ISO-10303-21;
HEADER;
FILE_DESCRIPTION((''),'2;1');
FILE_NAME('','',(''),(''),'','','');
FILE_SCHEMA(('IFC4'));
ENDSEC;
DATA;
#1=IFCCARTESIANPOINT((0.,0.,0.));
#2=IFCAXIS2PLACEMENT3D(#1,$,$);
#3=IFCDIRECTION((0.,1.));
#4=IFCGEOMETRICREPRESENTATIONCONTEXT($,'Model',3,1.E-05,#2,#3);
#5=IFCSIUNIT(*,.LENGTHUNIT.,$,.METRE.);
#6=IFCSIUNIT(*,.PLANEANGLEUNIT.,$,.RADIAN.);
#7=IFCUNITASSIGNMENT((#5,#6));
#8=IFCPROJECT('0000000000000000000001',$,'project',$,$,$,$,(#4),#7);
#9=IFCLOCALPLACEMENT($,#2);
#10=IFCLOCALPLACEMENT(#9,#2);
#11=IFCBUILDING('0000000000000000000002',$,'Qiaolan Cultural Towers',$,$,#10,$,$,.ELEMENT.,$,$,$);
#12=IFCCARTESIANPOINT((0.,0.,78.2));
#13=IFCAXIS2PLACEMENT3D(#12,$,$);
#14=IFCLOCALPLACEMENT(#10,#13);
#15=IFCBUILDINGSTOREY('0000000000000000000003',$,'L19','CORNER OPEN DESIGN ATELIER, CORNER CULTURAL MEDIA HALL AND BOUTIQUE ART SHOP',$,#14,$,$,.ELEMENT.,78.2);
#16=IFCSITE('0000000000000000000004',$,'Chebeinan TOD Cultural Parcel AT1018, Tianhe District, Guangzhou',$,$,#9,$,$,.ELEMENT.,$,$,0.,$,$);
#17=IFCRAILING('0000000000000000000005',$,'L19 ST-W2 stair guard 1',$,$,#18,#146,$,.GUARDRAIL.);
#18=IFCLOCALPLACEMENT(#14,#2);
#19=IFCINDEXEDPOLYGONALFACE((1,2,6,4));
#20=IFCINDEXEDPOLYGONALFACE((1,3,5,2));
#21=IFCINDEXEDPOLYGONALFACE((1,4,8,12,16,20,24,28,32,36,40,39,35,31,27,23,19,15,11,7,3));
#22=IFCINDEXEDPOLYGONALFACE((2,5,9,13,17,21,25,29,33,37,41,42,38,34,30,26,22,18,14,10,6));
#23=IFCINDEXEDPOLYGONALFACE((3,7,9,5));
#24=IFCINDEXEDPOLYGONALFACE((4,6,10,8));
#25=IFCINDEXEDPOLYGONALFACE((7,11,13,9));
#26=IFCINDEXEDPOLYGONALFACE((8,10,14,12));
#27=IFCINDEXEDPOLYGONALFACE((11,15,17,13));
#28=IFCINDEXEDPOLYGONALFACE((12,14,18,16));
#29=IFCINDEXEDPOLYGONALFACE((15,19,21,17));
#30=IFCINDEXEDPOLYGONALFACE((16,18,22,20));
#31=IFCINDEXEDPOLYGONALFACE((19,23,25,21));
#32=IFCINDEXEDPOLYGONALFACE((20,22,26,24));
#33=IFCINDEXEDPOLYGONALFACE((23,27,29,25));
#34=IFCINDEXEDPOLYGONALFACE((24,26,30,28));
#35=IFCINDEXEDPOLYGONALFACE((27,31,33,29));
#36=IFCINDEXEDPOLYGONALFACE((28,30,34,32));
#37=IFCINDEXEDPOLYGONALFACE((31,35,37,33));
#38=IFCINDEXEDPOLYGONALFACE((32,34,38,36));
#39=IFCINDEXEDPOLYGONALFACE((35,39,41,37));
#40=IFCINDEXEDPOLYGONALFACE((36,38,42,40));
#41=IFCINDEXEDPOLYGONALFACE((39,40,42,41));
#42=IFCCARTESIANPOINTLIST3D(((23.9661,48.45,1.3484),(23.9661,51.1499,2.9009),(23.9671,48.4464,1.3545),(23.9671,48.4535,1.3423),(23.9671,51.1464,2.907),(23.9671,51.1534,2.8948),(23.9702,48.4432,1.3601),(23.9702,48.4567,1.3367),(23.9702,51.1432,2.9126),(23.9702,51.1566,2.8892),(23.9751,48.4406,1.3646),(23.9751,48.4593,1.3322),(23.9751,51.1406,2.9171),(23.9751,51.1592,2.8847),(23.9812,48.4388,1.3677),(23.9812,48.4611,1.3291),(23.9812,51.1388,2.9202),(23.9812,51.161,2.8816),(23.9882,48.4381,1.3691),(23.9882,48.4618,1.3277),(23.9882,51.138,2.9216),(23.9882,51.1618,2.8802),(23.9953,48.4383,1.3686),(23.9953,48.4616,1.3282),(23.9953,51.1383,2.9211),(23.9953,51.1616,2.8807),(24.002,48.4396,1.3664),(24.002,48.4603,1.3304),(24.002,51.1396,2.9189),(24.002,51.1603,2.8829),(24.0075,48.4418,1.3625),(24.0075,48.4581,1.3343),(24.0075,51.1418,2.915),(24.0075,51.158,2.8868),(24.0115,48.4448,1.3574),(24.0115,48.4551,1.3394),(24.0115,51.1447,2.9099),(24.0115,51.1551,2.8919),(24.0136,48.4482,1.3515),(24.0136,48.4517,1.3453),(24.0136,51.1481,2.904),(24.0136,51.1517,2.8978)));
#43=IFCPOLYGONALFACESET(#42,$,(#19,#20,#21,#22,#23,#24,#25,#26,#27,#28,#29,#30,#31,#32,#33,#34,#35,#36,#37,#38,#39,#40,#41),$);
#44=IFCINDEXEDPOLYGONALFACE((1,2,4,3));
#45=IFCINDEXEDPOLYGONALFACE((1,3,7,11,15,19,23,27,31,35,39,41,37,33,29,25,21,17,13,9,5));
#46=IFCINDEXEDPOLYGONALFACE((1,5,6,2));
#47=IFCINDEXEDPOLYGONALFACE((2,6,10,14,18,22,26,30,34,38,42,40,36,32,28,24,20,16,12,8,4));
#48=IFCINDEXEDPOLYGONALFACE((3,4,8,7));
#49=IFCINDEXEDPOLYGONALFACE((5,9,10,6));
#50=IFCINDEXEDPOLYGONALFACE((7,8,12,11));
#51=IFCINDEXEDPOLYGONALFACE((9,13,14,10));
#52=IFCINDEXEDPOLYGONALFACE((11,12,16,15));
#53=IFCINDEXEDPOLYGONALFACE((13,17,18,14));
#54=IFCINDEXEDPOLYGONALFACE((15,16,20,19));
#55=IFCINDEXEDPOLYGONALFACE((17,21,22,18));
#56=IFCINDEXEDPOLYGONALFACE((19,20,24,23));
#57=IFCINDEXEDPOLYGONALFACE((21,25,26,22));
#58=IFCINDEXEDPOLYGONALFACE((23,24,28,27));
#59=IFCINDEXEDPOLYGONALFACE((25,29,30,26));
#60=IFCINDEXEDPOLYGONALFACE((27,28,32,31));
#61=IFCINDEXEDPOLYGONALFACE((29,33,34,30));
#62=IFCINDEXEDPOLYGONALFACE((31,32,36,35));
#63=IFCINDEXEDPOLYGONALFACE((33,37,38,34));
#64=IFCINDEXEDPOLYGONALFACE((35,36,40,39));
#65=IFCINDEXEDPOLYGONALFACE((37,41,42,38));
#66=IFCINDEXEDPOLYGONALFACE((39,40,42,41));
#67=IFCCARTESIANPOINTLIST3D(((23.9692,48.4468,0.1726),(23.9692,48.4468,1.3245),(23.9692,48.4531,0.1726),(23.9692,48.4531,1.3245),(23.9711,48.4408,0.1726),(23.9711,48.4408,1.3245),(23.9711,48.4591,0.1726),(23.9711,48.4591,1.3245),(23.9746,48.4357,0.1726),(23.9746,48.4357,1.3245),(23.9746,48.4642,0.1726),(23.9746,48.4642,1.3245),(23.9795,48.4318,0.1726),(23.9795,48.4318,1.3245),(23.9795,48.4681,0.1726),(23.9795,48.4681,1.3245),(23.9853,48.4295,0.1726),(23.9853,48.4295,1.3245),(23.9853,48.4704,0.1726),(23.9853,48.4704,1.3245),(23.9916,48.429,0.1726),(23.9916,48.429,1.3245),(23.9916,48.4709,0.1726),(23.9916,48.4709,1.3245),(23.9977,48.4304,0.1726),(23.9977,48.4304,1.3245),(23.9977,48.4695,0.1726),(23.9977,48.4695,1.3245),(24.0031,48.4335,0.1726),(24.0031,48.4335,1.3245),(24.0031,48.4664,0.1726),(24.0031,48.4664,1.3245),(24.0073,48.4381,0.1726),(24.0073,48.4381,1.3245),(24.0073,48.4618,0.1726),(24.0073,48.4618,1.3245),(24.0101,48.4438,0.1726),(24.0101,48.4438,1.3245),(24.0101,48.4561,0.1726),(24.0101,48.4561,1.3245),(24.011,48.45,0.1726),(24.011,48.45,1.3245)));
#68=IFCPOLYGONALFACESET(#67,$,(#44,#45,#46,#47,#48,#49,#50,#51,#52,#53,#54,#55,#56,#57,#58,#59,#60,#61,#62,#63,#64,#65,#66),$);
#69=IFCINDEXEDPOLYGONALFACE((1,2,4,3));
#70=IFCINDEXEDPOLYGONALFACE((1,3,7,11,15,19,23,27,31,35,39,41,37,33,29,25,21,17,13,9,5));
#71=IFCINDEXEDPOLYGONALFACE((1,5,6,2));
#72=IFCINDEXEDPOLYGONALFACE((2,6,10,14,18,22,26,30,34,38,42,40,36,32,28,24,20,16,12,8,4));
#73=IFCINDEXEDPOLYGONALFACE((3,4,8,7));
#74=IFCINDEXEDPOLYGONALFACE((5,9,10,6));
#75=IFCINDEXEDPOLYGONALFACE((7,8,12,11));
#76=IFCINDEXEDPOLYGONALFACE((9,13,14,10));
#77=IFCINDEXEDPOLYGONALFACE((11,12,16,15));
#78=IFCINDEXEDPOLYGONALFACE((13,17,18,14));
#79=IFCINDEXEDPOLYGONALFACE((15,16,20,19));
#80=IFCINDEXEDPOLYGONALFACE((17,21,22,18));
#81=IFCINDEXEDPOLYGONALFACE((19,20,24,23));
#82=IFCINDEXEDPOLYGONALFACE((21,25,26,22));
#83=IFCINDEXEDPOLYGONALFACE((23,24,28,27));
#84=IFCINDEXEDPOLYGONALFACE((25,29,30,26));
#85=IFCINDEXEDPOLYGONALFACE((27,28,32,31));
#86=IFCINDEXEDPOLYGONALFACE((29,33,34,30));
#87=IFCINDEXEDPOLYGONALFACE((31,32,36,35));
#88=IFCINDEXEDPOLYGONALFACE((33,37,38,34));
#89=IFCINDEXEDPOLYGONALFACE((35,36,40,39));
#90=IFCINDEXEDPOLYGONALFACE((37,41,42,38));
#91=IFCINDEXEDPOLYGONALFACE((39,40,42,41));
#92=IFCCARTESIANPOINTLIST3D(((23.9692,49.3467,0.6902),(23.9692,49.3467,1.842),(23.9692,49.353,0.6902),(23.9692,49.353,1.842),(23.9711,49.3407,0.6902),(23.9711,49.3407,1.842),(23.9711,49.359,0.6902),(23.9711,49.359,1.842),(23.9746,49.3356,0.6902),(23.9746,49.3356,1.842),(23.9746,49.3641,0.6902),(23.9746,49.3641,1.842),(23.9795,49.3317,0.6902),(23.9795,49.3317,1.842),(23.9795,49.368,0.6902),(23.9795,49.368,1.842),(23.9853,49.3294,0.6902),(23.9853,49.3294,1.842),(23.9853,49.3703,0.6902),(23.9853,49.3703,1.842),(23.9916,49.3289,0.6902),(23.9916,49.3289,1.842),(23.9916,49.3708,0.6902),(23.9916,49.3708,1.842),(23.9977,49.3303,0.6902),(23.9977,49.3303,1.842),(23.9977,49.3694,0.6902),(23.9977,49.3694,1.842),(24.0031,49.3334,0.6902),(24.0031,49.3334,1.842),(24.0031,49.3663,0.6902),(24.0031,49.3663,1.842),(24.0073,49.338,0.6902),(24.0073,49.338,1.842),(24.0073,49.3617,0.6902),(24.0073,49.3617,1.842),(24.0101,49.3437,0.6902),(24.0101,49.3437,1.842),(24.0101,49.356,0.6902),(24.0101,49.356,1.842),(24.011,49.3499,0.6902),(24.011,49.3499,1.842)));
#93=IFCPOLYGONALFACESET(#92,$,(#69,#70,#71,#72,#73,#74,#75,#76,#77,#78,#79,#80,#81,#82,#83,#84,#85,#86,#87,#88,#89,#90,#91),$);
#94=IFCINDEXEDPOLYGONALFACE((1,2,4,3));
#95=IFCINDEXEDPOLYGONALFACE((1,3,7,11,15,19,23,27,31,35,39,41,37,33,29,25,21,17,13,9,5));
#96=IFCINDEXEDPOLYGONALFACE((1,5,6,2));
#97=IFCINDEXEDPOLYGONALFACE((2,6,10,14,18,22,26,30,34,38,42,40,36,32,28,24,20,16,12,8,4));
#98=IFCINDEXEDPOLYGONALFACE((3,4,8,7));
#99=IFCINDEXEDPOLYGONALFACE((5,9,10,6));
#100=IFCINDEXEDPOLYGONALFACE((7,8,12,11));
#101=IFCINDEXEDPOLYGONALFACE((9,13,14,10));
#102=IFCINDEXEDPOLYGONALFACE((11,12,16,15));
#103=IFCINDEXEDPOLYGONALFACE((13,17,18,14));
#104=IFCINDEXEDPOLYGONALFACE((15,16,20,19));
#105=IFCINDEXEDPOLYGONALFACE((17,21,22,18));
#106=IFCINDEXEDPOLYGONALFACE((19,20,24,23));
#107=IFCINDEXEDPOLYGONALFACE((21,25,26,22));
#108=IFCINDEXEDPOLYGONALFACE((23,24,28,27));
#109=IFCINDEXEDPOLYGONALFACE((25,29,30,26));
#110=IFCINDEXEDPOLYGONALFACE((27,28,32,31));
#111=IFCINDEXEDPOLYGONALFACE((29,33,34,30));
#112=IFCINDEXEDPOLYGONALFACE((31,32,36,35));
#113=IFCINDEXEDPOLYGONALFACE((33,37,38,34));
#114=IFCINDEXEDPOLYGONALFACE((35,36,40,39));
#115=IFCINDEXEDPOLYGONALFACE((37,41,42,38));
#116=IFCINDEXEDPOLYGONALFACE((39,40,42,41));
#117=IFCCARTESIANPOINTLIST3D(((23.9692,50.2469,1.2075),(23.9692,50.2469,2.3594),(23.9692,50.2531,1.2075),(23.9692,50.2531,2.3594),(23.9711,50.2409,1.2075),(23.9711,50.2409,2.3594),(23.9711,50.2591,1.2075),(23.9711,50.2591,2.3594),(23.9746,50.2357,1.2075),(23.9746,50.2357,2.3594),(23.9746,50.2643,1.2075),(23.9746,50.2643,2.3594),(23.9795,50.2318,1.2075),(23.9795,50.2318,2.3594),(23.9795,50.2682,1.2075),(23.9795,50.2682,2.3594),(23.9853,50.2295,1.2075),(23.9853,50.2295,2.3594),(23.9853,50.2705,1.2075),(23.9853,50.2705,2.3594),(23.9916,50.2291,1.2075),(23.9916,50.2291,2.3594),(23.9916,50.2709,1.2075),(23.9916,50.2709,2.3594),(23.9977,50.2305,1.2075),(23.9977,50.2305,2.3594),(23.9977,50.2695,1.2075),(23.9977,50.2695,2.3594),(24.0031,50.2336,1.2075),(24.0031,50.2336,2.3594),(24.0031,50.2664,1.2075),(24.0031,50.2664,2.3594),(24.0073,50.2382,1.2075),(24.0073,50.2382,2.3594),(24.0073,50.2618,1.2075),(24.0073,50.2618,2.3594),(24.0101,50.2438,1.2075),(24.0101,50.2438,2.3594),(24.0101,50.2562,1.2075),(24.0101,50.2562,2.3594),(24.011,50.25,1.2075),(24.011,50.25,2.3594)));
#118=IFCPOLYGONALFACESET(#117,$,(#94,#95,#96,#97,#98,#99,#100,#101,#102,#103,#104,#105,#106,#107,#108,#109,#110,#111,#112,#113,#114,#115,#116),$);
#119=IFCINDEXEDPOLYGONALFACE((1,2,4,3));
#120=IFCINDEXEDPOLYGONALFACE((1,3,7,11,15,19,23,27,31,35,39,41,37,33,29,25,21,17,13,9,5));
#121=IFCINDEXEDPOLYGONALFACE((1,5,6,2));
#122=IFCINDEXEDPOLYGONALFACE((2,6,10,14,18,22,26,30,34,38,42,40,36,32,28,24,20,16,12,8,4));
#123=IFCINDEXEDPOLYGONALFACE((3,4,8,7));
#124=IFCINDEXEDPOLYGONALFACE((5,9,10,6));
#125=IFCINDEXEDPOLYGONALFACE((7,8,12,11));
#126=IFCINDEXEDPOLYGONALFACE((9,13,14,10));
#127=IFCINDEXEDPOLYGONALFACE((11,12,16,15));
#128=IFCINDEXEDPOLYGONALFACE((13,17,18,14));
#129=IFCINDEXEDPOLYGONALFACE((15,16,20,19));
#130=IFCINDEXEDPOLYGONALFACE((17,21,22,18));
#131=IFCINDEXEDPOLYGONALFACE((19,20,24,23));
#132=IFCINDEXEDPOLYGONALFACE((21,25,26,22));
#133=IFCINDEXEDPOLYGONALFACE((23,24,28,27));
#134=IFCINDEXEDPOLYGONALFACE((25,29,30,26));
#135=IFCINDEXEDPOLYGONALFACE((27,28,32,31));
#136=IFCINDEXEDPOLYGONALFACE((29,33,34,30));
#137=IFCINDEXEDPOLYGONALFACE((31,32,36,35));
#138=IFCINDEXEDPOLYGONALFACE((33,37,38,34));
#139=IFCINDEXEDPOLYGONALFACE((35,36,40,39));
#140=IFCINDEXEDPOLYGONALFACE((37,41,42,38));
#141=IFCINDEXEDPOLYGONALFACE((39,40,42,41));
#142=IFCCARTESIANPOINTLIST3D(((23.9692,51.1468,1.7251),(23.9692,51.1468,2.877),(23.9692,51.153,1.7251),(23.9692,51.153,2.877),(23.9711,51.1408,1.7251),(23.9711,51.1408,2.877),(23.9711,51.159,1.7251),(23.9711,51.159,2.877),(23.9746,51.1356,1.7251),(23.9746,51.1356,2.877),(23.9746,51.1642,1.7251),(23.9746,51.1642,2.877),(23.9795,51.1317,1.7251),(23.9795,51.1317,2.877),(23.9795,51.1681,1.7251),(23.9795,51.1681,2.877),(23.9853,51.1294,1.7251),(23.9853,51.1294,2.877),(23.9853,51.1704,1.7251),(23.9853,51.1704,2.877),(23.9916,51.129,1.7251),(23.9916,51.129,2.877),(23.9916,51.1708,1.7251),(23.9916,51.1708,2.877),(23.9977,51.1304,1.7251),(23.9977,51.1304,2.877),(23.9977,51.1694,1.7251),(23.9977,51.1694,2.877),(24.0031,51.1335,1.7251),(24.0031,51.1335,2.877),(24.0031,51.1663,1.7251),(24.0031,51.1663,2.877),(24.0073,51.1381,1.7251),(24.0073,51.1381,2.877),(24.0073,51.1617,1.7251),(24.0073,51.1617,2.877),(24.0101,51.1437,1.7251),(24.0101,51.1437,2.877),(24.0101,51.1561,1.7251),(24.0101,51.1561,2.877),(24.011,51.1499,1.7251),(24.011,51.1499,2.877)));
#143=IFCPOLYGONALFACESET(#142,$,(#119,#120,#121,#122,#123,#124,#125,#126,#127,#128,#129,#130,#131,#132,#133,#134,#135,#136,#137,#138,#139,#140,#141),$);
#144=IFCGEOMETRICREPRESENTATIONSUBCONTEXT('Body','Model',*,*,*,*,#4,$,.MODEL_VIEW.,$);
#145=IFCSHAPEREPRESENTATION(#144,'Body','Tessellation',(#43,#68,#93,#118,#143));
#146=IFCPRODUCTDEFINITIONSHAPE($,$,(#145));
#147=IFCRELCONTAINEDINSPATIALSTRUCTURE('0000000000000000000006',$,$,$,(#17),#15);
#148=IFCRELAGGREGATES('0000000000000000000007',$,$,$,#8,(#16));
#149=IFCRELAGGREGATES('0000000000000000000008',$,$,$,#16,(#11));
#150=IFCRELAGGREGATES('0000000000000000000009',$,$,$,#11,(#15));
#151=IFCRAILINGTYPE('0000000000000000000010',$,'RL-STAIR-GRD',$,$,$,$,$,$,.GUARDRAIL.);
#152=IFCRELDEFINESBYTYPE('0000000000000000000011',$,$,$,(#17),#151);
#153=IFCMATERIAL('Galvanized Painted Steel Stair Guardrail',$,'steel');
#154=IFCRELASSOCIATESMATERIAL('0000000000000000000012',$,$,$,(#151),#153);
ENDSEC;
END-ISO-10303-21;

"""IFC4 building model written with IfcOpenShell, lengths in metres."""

from ifc_helpers import new_model, si_unit, direction, frame, origin, origin_2d, place, context, subcontext, project, spatial, circle, extrude, material, type_object, element, save


model = new_model("IFC4")

# Units and contexts
model_context = context("Model", 3, precision=1e-05, world=origin(), true_north=direction((0.0, 1.0)))
body_context = subcontext(model_context, "Body", "Model", "MODEL_VIEW")
ifc_project = project(units=[si_unit("LENGTHUNIT", "METRE"), si_unit("PLANEANGLEUNIT", "RADIAN")], contexts=[model_context])

# Site, building, storey
site_placement = place(None, origin())
site = spatial("IfcSite", under=ifc_project, at=site_placement, Name="Chebeinan TOD Cultural Parcel AT1018, Tianhe District, Guangzhou", CompositionType="ELEMENT", RefElevation=0.0)
building_placement = place(site_placement, origin())
building = spatial("IfcBuilding", under=site, at=building_placement, Name="Qiaolan Cultural Towers", CompositionType="ELEMENT")
storey_placement = place(building_placement, frame((0.0, 0.0, 78.2)))
storey = spatial("IfcBuildingStorey", under=building, at=storey_placement, Name="L19", Description="CORNER OPEN DESIGN ATELIER, CORNER CULTURAL MEDIA HALL AND BOUTIQUE ART SHOP", CompositionType="ELEMENT", Elevation=78.2)

# Railing
ifc_material_1 = material(Name="Galvanized Painted Steel Stair Guardrail", Category="steel")
railing_type_1 = type_object("IfcRailingType", Name="RL-STAIR-GRD", PredefinedType="GUARDRAIL", material=ifc_material_1)
railing_1_placement = place(storey_placement, frame((23.99, 48.45, 0.1726)))
element("IfcRailing", 1, at=railing_1_placement, inside=storey, type_object=railing_type_1, Name="L19 ST-W2 stair guard 1", PredefinedType="GUARDRAIL", context=body_context, shape_type="SweptSolid", body=[
    extrude(circle(Radius=0.0239, at=origin_2d()), frame((0.0, 0.0, 1.1758), z_axis=(0.0, 0.866904, 0.498476), x_axis=(-1.0, 0.0, 0.0)), (0.0, 0.0, 1.0), 3.1145),
    extrude(circle(Radius=0.021, at=origin_2d()), origin(), (0.0, 0.0, 1.0), 1.1519),
    extrude(circle(Radius=0.021, at=origin_2d()), frame((0.0, 0.8999, 0.5176)), (0.0, 0.0, 1.0), 1.1519),
    extrude(circle(Radius=0.021, at=origin_2d()), frame((0.0, 1.8, 1.0349)), (0.0, 0.0, 1.0), 1.1519),
    extrude(circle(Radius=0.021, at=origin_2d()), frame((0.0, 2.7, 1.5525)), (0.0, 0.0, 1.0), 1.1519),
])

save(model, "model.ifc")
